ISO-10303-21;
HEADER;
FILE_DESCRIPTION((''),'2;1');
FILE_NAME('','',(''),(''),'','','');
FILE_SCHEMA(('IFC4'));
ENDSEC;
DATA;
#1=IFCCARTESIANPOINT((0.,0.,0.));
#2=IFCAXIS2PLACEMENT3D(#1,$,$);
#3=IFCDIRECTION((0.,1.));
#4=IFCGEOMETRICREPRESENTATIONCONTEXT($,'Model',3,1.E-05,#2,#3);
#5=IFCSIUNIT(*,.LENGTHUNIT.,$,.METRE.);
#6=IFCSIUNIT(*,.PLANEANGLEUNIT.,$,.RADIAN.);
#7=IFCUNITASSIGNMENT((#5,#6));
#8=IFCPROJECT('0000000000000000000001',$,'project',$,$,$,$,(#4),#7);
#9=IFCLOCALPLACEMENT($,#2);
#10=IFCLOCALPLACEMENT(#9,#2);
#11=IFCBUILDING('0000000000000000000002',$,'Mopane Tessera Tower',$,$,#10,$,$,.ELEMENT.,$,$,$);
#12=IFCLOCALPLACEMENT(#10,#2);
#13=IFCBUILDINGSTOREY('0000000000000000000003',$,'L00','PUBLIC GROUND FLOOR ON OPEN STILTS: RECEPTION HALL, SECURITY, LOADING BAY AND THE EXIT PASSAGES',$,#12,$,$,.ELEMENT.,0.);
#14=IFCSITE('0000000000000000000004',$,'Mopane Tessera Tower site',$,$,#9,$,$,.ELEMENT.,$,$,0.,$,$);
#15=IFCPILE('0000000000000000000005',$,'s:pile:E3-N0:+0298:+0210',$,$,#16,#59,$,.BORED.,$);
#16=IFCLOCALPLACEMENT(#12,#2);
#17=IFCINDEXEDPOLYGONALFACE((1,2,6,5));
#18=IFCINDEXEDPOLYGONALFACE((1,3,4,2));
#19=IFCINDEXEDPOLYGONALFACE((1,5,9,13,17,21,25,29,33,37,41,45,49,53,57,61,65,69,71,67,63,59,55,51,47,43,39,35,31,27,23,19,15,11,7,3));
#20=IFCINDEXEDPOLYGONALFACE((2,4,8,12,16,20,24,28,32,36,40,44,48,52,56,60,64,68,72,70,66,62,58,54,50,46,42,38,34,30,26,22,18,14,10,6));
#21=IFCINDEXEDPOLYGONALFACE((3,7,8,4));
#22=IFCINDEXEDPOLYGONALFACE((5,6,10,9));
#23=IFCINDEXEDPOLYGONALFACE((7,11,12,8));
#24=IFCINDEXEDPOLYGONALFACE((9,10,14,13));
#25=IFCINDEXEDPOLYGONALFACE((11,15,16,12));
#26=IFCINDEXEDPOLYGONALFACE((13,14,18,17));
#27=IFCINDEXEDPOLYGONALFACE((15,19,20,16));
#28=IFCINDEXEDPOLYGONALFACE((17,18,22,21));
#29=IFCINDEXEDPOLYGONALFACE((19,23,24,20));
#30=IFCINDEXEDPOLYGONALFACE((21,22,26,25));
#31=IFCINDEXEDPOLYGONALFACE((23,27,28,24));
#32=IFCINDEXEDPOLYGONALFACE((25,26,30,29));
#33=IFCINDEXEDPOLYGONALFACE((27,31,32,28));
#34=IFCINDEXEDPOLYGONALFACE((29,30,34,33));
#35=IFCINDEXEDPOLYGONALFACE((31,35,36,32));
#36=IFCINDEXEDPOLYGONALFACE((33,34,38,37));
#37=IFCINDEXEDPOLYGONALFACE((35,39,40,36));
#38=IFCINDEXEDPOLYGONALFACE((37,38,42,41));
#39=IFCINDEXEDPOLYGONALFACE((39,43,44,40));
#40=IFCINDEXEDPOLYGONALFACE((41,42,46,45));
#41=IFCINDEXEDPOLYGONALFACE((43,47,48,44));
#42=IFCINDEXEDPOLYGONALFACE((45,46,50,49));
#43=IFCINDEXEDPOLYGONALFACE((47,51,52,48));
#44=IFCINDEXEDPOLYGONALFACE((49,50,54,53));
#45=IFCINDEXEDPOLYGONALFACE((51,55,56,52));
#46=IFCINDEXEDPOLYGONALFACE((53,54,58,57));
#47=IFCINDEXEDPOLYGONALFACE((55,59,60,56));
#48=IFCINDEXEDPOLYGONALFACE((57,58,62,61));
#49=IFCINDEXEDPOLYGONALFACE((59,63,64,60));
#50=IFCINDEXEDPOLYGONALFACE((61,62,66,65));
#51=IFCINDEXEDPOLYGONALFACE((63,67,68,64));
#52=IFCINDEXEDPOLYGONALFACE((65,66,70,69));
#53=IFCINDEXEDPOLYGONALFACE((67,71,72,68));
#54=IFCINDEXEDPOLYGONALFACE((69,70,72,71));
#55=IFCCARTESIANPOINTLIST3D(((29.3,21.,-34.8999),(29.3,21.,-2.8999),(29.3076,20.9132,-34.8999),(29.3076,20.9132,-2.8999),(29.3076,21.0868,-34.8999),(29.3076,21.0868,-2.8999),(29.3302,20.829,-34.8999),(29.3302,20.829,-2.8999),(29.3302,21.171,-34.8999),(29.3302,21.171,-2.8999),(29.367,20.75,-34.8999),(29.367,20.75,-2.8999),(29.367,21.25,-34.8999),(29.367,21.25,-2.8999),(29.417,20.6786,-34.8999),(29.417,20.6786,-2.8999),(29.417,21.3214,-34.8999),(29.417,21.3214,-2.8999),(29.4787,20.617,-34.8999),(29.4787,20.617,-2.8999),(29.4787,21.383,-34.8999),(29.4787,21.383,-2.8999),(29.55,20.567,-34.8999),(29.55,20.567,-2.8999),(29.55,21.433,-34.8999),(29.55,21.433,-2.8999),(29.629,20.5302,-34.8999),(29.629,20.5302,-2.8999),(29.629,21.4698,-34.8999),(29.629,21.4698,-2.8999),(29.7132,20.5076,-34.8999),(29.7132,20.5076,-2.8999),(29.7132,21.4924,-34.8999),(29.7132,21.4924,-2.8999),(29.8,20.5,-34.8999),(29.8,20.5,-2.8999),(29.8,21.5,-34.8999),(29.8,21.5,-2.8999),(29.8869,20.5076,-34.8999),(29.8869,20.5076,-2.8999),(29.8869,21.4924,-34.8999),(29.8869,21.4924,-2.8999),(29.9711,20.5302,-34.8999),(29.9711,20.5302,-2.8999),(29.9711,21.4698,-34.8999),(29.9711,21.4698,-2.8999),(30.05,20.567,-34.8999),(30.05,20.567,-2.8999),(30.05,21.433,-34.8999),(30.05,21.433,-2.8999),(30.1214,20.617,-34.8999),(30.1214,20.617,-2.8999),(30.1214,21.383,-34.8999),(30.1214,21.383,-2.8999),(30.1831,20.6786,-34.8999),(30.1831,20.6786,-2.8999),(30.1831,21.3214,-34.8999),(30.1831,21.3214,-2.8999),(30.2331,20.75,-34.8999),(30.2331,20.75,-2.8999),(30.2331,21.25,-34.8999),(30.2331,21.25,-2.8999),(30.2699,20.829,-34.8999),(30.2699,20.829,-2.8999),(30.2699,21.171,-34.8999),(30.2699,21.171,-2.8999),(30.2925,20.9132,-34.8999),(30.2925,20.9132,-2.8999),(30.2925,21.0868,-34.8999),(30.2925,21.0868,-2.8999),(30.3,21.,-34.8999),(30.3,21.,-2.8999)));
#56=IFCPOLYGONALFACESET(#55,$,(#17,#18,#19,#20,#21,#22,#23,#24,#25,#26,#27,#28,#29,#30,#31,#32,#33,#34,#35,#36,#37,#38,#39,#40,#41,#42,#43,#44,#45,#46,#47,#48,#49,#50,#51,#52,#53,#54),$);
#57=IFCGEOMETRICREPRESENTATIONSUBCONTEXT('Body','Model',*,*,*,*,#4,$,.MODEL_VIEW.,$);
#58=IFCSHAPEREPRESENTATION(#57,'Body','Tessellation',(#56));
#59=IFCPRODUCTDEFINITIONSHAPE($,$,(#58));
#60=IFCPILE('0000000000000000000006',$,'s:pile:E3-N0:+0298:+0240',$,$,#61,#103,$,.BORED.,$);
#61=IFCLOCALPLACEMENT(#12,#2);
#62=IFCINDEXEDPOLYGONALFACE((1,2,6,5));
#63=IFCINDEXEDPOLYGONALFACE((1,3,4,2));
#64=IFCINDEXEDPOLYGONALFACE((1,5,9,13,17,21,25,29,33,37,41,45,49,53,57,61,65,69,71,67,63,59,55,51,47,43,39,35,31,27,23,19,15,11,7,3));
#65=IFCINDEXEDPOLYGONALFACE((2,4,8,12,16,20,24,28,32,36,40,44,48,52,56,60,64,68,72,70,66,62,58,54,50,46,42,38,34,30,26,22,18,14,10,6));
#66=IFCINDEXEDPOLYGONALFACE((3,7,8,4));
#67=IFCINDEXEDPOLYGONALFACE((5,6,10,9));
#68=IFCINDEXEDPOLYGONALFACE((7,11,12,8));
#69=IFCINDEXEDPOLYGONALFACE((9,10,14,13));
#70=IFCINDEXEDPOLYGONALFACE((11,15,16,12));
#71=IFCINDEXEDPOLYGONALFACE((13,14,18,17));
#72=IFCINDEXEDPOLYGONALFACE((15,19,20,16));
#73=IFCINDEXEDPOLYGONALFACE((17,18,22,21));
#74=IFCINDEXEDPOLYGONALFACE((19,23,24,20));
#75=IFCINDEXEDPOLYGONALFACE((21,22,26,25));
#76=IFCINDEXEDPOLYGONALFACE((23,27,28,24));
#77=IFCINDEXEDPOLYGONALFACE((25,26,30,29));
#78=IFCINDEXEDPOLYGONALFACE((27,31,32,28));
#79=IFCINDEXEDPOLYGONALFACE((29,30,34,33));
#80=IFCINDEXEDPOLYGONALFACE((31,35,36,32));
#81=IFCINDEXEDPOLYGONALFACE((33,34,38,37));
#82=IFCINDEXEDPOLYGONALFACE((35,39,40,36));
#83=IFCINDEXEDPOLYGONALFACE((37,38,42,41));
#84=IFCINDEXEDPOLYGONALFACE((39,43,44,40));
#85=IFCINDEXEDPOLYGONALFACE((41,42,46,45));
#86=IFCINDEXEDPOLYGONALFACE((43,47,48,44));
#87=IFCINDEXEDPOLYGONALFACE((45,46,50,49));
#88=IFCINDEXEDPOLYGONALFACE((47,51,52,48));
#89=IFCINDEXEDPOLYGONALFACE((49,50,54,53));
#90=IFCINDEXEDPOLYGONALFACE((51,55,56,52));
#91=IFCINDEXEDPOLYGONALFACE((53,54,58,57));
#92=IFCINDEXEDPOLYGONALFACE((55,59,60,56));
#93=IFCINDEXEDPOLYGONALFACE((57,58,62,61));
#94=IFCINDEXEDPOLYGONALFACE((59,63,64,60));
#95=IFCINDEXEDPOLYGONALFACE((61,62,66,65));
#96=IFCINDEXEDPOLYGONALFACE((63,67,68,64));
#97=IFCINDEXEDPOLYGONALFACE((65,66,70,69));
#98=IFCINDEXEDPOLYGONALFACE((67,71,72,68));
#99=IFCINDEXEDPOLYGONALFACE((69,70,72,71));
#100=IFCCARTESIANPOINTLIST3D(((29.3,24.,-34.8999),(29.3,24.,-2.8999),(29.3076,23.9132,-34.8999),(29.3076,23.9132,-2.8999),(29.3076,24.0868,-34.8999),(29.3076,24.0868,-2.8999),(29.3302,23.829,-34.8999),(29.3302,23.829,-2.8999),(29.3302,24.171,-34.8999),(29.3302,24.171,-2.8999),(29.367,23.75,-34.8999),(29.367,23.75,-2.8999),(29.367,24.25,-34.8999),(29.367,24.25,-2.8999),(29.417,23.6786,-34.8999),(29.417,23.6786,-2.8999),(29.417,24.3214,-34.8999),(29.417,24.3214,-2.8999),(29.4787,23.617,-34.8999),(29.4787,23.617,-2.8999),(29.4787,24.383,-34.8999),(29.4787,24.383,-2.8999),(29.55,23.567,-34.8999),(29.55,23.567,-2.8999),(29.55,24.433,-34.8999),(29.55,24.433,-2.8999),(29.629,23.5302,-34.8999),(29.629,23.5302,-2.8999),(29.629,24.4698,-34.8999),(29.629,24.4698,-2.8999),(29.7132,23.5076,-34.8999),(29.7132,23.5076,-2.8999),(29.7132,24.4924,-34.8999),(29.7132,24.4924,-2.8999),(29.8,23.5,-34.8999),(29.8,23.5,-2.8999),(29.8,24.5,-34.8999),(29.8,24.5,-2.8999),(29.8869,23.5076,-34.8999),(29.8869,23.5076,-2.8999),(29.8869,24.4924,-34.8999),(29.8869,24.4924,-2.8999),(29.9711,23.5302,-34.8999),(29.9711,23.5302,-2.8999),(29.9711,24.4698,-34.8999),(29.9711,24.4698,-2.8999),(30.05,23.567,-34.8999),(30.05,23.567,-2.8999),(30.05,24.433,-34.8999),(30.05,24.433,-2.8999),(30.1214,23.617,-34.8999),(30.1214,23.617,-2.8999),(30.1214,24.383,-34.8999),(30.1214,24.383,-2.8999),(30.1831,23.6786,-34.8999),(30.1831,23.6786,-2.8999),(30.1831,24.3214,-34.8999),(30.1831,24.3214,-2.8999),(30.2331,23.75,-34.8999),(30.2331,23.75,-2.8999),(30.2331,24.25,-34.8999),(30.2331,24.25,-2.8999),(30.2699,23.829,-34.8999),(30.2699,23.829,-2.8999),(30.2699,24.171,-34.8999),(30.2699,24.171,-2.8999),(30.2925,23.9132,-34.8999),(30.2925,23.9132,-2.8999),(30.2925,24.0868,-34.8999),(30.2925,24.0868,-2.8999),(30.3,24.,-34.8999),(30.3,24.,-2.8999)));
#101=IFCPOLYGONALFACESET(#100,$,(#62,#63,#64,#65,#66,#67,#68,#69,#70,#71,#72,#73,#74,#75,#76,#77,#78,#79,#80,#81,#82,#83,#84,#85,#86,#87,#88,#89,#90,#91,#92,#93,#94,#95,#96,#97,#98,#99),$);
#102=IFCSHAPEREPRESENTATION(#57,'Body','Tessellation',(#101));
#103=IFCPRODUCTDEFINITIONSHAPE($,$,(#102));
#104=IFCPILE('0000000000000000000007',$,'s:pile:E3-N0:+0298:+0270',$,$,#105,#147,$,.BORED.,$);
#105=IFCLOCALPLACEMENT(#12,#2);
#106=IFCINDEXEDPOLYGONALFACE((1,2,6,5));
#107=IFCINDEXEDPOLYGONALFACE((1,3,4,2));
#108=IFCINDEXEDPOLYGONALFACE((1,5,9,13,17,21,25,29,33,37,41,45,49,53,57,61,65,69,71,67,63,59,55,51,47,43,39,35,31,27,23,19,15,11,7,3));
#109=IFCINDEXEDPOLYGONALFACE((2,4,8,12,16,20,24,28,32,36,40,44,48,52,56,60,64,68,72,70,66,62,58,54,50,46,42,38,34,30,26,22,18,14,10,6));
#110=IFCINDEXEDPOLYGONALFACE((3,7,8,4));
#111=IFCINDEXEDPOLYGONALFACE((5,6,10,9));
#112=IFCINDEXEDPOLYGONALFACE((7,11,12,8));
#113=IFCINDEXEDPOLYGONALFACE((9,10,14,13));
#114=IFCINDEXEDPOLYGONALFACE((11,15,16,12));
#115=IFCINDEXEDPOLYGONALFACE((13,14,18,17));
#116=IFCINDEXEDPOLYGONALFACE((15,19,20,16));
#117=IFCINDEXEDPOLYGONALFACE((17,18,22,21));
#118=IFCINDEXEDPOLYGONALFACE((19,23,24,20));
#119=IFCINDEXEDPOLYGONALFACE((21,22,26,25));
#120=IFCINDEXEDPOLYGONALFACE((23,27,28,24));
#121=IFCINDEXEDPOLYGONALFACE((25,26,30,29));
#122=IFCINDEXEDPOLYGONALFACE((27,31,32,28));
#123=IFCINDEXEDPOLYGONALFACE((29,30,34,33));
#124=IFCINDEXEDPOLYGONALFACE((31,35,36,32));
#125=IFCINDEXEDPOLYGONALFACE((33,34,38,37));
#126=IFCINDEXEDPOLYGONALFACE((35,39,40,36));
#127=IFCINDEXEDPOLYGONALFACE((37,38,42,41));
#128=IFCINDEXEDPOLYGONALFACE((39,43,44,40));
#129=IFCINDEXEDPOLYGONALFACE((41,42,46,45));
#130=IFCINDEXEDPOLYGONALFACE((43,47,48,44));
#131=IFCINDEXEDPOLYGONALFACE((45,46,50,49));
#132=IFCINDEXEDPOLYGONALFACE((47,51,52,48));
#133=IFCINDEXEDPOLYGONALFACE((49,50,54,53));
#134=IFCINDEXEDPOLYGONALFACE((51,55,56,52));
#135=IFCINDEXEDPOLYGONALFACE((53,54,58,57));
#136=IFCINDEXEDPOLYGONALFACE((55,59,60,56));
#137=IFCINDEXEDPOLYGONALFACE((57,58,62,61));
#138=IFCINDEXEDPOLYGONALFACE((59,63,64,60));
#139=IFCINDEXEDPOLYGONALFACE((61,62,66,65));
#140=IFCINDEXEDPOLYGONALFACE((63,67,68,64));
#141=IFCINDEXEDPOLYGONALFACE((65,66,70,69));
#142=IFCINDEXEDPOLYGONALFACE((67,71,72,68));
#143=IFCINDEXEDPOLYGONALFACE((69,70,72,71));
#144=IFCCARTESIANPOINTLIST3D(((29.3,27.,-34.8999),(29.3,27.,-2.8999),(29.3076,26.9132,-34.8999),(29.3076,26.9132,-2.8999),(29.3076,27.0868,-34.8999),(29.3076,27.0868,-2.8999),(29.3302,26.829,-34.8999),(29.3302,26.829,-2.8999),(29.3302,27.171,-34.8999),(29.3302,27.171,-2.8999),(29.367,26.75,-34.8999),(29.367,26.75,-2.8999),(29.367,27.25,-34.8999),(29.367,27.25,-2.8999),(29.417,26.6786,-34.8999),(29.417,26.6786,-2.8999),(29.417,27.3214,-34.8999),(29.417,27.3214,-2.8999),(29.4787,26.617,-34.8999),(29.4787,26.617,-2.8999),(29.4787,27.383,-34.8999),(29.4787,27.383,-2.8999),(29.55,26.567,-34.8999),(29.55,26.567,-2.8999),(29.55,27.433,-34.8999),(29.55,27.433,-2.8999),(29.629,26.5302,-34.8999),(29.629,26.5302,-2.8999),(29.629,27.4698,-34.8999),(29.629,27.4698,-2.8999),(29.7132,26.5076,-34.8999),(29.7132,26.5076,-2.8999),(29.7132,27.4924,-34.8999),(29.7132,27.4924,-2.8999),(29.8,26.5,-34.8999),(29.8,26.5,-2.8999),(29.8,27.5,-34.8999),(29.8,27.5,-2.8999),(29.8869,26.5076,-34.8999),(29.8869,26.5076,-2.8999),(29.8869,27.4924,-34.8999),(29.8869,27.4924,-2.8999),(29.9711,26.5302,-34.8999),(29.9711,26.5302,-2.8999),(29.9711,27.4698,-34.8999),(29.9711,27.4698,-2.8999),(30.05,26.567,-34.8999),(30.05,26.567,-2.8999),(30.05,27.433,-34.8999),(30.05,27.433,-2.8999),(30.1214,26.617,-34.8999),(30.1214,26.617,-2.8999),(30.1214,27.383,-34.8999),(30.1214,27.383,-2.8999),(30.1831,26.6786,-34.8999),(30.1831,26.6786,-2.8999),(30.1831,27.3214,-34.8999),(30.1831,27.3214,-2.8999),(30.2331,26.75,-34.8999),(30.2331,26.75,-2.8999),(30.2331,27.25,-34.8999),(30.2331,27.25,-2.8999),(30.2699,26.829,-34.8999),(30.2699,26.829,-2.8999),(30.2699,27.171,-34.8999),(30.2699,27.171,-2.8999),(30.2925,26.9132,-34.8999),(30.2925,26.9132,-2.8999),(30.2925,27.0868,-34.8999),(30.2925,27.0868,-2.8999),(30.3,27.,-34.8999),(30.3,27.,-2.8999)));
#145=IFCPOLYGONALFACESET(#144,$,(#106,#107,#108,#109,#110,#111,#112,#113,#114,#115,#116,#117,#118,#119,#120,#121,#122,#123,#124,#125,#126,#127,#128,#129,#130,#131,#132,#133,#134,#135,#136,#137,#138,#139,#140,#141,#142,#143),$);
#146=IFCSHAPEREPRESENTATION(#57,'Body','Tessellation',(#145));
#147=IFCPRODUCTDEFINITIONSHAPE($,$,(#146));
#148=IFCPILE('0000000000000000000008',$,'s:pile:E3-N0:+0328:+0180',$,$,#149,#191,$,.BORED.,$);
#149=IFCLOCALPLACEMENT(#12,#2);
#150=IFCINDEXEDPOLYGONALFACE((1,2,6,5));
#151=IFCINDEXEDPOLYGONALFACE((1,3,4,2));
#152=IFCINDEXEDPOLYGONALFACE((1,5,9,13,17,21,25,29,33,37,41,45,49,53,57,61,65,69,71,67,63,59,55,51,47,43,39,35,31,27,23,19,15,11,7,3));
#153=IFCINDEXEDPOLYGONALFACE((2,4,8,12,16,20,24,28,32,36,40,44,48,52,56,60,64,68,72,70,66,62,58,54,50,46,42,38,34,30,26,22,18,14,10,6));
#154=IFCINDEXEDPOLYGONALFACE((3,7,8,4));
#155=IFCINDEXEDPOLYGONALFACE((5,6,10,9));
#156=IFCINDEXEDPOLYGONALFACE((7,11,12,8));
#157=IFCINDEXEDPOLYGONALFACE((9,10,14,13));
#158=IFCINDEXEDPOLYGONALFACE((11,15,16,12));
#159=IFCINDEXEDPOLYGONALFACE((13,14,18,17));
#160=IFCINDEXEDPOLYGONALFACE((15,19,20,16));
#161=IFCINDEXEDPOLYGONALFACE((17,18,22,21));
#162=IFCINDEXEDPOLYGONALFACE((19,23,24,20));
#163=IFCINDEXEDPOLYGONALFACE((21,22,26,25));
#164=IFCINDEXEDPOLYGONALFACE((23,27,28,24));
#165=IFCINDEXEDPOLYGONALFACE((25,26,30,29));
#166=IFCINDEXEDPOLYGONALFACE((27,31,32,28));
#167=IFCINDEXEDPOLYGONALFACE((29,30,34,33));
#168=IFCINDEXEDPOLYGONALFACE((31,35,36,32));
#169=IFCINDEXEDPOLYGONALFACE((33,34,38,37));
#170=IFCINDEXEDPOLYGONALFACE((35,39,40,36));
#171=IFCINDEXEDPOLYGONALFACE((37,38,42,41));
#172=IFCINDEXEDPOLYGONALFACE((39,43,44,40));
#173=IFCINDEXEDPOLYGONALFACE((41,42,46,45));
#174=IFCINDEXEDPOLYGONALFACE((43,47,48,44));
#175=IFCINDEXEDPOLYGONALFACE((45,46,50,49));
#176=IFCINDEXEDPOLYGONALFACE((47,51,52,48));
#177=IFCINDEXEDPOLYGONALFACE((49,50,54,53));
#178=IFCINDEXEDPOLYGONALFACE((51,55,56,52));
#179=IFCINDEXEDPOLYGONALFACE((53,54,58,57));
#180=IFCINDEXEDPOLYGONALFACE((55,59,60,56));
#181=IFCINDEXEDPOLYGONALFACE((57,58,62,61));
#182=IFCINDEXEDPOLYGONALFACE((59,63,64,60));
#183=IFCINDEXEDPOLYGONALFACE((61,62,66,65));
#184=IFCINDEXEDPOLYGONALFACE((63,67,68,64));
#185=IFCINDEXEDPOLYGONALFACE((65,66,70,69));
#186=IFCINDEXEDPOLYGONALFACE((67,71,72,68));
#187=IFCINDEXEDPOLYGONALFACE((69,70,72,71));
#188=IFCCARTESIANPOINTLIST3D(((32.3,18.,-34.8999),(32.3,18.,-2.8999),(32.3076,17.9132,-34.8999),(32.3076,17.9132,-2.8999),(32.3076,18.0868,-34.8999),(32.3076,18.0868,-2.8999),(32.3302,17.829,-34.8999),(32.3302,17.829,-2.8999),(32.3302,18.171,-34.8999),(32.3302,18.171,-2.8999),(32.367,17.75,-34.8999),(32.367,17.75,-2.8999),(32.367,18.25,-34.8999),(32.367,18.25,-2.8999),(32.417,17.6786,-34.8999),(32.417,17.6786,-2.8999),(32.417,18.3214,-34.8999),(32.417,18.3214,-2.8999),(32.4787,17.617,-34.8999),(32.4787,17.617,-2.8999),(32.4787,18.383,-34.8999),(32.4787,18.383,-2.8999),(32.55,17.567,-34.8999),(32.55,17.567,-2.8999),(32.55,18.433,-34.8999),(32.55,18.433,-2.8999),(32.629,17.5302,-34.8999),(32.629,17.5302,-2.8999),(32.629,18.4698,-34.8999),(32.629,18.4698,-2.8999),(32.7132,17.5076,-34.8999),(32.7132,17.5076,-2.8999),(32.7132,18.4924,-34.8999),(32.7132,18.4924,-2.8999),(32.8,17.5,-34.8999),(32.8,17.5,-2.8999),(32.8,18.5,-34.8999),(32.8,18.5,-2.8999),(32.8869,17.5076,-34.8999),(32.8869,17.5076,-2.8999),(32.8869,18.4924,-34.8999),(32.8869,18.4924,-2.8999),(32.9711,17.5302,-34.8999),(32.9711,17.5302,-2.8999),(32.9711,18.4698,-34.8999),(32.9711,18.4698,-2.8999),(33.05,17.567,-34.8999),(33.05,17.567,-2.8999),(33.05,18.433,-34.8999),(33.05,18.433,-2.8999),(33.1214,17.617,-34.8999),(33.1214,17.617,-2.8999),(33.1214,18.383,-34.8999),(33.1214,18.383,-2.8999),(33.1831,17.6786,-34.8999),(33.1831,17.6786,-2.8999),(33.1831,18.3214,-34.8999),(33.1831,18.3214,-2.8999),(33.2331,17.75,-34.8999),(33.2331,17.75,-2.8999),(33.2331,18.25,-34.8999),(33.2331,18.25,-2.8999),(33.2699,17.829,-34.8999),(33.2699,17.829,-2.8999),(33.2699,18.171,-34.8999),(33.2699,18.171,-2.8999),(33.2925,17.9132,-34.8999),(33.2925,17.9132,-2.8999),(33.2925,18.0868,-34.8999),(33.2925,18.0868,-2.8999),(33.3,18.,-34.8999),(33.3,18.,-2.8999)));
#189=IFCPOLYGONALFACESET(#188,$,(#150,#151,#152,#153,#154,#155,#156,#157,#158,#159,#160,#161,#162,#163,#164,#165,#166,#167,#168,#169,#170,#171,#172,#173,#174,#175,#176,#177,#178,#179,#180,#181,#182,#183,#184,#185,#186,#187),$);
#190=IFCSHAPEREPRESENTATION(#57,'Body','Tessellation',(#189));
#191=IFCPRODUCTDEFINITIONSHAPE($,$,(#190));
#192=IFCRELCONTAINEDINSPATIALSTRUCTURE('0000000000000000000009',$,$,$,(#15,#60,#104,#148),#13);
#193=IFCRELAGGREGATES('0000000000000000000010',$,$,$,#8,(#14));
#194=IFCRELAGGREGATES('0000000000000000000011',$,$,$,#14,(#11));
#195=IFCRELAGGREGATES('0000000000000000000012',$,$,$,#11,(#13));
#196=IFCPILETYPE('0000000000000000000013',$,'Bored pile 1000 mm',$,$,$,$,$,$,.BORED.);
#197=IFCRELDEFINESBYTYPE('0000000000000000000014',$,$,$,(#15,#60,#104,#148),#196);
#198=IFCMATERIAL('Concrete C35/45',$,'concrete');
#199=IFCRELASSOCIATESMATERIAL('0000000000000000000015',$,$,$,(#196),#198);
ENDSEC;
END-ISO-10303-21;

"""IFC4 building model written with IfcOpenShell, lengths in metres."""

from ifc_helpers import new_model, si_unit, direction, frame, origin, origin_2d, place, context, subcontext, project, spatial, circle, extrude, material, material_profile, profile_set, type_object, element, save


model = new_model("IFC4")

# Units and contexts
model_context = context("Model", 3, precision=1e-05, world=origin(), true_north=direction((0.0, 1.0)))
body_context = subcontext(model_context, "Body", "Model", "MODEL_VIEW")
ifc_project = project(units=[si_unit("LENGTHUNIT", "METRE"), si_unit("PLANEANGLEUNIT", "RADIAN")], contexts=[model_context])

# Site, building, storey
site_placement = place(None, origin())
site = spatial("IfcSite", under=ifc_project, at=site_placement, Name="Mopane Tessera Tower site", CompositionType="ELEMENT", RefElevation=0.0)
building_placement = place(site_placement, origin())
building = spatial("IfcBuilding", under=site, at=building_placement, Name="Mopane Tessera Tower", CompositionType="ELEMENT")
storey_placement = place(building_placement, origin())
storey = spatial("IfcBuildingStorey", under=building, at=storey_placement, Name="L00", Description="PUBLIC GROUND FLOOR ON OPEN STILTS: RECEPTION HALL, SECURITY, LOADING BAY AND THE EXIT PASSAGES", CompositionType="ELEMENT", Elevation=0.0)

# Piles
ifc_material_1 = material(Name="Concrete C35/45", Category="concrete")
ifc_material_profile_1 = material_profile(ifc_material_1, circle(Radius=0.5, at=origin_2d()))
ifc_profile_set_1 = profile_set([ifc_material_profile_1], Name="Concrete C35/45")
pile_type_1 = type_object("IfcPileType", Name="Bored pile 1000 mm", PredefinedType="BORED", material=ifc_profile_set_1)
for number, where, z_axis, x_axis, name in (
    (1, (29.8, 21.0, -2.8999), (0.0, 0.0, -1.0), (1.0, 0.0, 0.0), "s:pile:E3-N0:+0298:+0210"),
    (2, (29.8, 24.0, -2.8999), (0.0, 0.0, -1.0), (1.0, 0.0, 0.0), "s:pile:E3-N0:+0298:+0240"),
    (3, (29.8, 27.0, -2.8999), (0.0, 0.0, -1.0), (1.0, 0.0, 0.0), "s:pile:E3-N0:+0298:+0270"),
    (4, (32.8, 18.0, -2.8999), (0.0, 0.0, -1.0), (1.0, 0.0, 0.0), "s:pile:E3-N0:+0328:+0180"),
):
    element("IfcPile", number, at=place(storey_placement, frame(where, z_axis=z_axis, x_axis=x_axis)), inside=storey, type_object=pile_type_1, Name=name, PredefinedType="BORED", context=body_context, shape_type="SweptSolid", body=[
        extrude(circle(Radius=0.5, at=origin_2d()), origin(), (0.0, 0.0, 1.0), 32.0),
    ])

save(model, "model.ifc")
